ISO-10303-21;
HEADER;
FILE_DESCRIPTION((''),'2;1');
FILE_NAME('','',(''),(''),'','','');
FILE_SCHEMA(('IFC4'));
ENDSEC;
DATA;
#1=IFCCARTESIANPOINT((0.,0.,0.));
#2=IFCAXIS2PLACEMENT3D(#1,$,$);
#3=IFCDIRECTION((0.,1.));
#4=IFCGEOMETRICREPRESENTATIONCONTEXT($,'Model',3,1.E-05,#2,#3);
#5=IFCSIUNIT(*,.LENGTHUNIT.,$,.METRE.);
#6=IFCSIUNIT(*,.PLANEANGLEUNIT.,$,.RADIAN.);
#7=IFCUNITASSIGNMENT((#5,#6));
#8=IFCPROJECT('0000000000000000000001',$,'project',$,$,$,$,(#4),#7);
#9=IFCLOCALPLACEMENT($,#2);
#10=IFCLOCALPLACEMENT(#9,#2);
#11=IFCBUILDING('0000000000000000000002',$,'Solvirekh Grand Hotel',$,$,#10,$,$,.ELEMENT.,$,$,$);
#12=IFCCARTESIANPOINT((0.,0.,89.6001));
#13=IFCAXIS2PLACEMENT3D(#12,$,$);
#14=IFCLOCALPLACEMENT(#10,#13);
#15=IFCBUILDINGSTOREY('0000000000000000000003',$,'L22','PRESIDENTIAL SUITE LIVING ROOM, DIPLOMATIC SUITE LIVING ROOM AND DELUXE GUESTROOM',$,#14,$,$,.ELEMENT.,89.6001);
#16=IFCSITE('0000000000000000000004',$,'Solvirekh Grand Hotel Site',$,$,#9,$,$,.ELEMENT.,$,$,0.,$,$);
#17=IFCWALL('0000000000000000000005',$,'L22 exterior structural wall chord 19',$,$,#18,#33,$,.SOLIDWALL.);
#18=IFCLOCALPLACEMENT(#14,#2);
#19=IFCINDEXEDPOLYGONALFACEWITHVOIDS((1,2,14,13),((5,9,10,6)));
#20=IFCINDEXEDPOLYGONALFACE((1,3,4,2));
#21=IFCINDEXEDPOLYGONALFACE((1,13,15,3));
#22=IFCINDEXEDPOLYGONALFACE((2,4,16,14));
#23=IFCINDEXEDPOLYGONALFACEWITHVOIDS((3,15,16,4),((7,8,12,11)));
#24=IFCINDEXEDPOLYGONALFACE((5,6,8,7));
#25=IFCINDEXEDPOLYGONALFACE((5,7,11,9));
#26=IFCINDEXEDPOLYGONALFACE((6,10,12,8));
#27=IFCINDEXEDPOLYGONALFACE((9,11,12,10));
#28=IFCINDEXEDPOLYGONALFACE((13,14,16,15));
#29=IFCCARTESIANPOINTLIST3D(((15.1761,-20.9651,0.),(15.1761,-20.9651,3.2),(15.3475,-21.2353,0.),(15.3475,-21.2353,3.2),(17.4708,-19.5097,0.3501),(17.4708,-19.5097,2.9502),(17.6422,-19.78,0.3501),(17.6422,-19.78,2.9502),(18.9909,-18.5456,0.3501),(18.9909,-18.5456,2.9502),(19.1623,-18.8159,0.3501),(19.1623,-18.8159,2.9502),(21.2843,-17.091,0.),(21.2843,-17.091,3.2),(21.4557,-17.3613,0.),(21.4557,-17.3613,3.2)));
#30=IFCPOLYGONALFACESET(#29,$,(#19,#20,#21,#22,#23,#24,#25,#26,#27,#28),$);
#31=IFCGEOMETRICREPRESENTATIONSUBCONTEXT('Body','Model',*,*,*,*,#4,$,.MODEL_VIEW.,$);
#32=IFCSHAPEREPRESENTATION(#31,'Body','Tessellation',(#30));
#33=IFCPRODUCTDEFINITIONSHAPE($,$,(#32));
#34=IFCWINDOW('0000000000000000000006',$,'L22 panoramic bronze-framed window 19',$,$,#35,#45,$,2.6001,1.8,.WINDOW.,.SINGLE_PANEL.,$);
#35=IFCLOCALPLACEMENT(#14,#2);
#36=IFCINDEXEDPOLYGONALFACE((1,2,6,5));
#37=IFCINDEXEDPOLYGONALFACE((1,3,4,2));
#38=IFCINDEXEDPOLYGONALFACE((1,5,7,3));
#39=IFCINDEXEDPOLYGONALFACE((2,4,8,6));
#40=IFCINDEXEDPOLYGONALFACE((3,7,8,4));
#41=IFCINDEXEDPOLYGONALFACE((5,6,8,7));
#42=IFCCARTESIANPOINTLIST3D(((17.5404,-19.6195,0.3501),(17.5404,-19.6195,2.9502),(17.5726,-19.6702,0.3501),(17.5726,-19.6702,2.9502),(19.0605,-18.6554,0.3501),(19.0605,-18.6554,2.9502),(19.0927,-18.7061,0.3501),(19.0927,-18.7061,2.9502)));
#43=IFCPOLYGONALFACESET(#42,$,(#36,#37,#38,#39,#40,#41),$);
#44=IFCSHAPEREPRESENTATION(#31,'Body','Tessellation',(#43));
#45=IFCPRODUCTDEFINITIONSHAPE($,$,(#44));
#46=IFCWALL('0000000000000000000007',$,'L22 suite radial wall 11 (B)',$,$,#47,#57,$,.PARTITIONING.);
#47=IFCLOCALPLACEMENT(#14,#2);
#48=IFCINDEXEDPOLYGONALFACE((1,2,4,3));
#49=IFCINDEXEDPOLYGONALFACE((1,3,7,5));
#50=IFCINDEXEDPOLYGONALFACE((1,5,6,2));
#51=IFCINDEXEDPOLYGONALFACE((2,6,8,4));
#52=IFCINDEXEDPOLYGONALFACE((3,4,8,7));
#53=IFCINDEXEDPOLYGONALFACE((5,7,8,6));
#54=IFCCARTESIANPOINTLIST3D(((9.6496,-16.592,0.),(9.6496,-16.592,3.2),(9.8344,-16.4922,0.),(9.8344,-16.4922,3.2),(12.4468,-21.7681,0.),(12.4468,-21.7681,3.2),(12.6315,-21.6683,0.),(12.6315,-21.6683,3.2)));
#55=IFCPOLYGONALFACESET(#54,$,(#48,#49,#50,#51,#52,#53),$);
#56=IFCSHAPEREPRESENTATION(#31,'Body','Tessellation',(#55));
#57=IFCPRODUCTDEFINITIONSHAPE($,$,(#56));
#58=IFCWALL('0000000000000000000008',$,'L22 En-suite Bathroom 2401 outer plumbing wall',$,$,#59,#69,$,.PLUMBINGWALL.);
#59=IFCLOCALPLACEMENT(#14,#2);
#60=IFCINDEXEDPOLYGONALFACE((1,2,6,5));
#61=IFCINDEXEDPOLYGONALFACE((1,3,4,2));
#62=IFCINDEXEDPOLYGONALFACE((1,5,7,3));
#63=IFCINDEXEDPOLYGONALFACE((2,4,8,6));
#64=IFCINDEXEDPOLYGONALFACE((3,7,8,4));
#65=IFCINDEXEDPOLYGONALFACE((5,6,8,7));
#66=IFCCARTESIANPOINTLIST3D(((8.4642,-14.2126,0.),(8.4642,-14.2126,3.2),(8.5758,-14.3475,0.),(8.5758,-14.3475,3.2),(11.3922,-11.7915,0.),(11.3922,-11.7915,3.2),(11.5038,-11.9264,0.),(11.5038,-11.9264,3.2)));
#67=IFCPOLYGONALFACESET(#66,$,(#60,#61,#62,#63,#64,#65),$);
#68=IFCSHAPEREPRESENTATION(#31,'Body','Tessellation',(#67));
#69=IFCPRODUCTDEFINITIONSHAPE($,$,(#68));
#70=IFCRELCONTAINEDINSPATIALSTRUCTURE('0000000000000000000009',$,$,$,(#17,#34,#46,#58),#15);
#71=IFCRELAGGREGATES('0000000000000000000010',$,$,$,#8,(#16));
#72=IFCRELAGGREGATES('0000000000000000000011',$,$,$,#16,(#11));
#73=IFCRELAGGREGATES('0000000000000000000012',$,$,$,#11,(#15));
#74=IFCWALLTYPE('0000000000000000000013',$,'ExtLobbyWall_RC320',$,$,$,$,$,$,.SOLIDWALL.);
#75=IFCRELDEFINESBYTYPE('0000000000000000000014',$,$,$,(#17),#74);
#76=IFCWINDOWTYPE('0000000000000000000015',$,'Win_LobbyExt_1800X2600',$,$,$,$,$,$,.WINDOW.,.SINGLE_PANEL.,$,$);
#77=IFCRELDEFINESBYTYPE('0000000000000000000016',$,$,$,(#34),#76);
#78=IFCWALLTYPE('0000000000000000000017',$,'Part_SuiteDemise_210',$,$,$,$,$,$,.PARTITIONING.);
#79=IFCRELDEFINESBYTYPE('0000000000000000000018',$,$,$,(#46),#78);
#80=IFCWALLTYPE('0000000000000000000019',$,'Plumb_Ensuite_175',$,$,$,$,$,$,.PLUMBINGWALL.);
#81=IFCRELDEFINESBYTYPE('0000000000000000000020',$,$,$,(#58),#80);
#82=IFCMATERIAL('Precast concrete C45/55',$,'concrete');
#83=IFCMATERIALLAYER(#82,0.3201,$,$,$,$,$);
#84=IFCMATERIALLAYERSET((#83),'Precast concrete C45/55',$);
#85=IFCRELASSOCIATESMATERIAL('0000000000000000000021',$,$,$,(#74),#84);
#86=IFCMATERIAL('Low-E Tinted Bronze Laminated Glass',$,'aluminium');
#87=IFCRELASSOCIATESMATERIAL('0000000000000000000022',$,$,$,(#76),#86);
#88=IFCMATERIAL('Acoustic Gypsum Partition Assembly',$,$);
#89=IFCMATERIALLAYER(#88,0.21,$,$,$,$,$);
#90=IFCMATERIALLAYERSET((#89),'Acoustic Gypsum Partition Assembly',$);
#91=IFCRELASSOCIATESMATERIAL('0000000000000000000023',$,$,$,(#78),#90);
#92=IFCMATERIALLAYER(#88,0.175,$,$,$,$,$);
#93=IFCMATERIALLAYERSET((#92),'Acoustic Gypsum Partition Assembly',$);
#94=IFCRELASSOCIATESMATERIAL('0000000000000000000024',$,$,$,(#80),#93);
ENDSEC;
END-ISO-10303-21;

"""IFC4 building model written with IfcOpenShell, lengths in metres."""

from ifc_helpers import new_model, si_unit, direction, frame, frame_2d, origin, place, context, subcontext, project, spatial, rectangle, extrude, material, layer, layer_set, type_object, element, fill, save


model = new_model("IFC4")

# Units and contexts
model_context = context("Model", 3, precision=1e-05, world=origin(), true_north=direction((0.0, 1.0)))
body_context = subcontext(model_context, "Body", "Model", "MODEL_VIEW")
ifc_project = project(units=[si_unit("LENGTHUNIT", "METRE"), si_unit("PLANEANGLEUNIT", "RADIAN")], contexts=[model_context])

# Site, building, storey
site_placement = place(None, origin())
site = spatial("IfcSite", under=ifc_project, at=site_placement, Name="Solvirekh Grand Hotel Site", CompositionType="ELEMENT", RefElevation=0.0)
building_placement = place(site_placement, origin())
building = spatial("IfcBuilding", under=site, at=building_placement, Name="Solvirekh Grand Hotel", CompositionType="ELEMENT")
storey_placement = place(building_placement, frame((0.0, 0.0, 89.6001)))
storey = spatial("IfcBuildingStorey", under=building, at=storey_placement, Name="L22", Description="PRESIDENTIAL SUITE LIVING ROOM, DIPLOMATIC SUITE LIVING ROOM AND DELUXE GUESTROOM", CompositionType="ELEMENT", Elevation=89.6001)

# Shared definitions
ifc_material_1 = material(Name="Low-E Tinted Bronze Laminated Glass", Category="aluminium")

# Wall, opening, window
ifc_material_2 = material(Name="Precast concrete C45/55", Category="concrete")
ifc_layer_1 = layer(ifc_material_2, 0.3201)
ifc_layer_set_1 = layer_set([ifc_layer_1], Name="Precast concrete C45/55")
wall_type_1 = type_object("IfcWallType", Name="ExtLobbyWall_RC320", PredefinedType="SOLIDWALL", material=ifc_layer_set_1)
window_type = type_object("IfcWindowType", Name="Win_LobbyExt_1800X2600", PartitioningType="SINGLE_PANEL", PredefinedType="WINDOW", material=ifc_material_1)
wall_1_placement = place(storey_placement, frame((21.3701, -17.2261, 0.0), z_axis=(0.0, 0.0, 1.0), x_axis=(-0.844474, -0.535597, 0.0)))
wall_1 = element("IfcWall", 1, at=wall_1_placement, inside=storey, type_object=wall_type_1, Name="L22 exterior structural wall chord 19", PredefinedType="SOLIDWALL", context=body_context, shape_type="SweptSolid", body=[
    extrude(rectangle(XDim=7.2332, YDim=0.3201, at=frame_2d((3.6167, 0.0))), origin(), (0.0, 0.0, 1.0), 3.2),
])
opening_1_placement = place(wall_1_placement, frame((2.7161, 0.0, 0.3501)))
opening_1 = element("IfcOpeningElement", 2, at=opening_1_placement, cuts=wall_1, PredefinedType="OPENING", context=body_context, shape_type="SweptSolid", body=[
    extrude(rectangle(XDim=1.8, YDim=2.6001, at=frame_2d((0.8999, 1.3))), frame((0.0, 0.1699, 0.0), z_axis=(0.0, -1.0, 0.0), x_axis=(1.0, 0.0, 0.0)), (0.0, 0.0, 1.0), 0.3401),
])
window_1_placement = place(opening_1_placement, origin())
window_1 = element("IfcWindow", 3, at=window_1_placement, inside=storey, type_object=window_type, Name="L22 panoramic bronze-framed window 19", OverallHeight=2.6001, OverallWidth=1.8, PartitioningType="SINGLE_PANEL", PredefinedType="WINDOW", context=body_context, shape_type="SweptSolid", body=[
    extrude(rectangle(XDim=1.8, YDim=2.6001, at=frame_2d((0.8999, 1.3))), frame((0.0, 0.03, 0.0), z_axis=(0.0, -1.0, 0.0), x_axis=(1.0, 0.0, 0.0)), (0.0, 0.0, 1.0), 0.0601),
])
fill(opening_1, window_1)

# Walls
ifc_material_3 = material(Name="Acoustic Gypsum Partition Assembly")
ifc_layer_2 = layer(ifc_material_3, 0.21)
ifc_layer_set_2 = layer_set([ifc_layer_2], Name="Acoustic Gypsum Partition Assembly")
wall_type_2 = type_object("IfcWallType", Name="Part_SuiteDemise_210", PredefinedType="PARTITIONING", material=ifc_layer_set_2)
wall_2_placement = place(storey_placement, frame((9.7419, -16.542, 0.0), z_axis=(0.0, 0.0, 1.0), x_axis=(0.475421, -0.879759, 0.0)))
element("IfcWall", 4, at=wall_2_placement, inside=storey, type_object=wall_type_2, Name="L22 suite radial wall 11 (B)", PredefinedType="PARTITIONING", context=body_context, shape_type="SweptSolid", body=[
    extrude(rectangle(XDim=5.8835, YDim=0.21, at=frame_2d((2.9419, 0.0))), origin(), (0.0, 0.0, 1.0), 3.2),
])
ifc_layer_3 = layer(ifc_material_3, 0.175)
ifc_layer_set_3 = layer_set([ifc_layer_3], Name="Acoustic Gypsum Partition Assembly")
wall_type_3 = type_object("IfcWallType", Name="Plumb_Ensuite_175", PredefinedType="PLUMBINGWALL", material=ifc_layer_set_3)
wall_3_placement = place(storey_placement, frame((8.52, -14.28, 0.0), z_axis=(0.0, 0.0, 1.0), x_axis=(0.770654, 0.637253, 0.0)))
element("IfcWall", 5, at=wall_3_placement, inside=storey, type_object=wall_type_3, Name="L22 En-suite Bathroom 2401 outer plumbing wall", PredefinedType="PLUMBINGWALL", context=body_context, shape_type="SweptSolid", body=[
    extrude(rectangle(XDim=3.7993, YDim=0.175, at=frame_2d((1.8997, 0.0))), origin(), (0.0, 0.0, 1.0), 3.2),
])

save(model, "model.ifc")
